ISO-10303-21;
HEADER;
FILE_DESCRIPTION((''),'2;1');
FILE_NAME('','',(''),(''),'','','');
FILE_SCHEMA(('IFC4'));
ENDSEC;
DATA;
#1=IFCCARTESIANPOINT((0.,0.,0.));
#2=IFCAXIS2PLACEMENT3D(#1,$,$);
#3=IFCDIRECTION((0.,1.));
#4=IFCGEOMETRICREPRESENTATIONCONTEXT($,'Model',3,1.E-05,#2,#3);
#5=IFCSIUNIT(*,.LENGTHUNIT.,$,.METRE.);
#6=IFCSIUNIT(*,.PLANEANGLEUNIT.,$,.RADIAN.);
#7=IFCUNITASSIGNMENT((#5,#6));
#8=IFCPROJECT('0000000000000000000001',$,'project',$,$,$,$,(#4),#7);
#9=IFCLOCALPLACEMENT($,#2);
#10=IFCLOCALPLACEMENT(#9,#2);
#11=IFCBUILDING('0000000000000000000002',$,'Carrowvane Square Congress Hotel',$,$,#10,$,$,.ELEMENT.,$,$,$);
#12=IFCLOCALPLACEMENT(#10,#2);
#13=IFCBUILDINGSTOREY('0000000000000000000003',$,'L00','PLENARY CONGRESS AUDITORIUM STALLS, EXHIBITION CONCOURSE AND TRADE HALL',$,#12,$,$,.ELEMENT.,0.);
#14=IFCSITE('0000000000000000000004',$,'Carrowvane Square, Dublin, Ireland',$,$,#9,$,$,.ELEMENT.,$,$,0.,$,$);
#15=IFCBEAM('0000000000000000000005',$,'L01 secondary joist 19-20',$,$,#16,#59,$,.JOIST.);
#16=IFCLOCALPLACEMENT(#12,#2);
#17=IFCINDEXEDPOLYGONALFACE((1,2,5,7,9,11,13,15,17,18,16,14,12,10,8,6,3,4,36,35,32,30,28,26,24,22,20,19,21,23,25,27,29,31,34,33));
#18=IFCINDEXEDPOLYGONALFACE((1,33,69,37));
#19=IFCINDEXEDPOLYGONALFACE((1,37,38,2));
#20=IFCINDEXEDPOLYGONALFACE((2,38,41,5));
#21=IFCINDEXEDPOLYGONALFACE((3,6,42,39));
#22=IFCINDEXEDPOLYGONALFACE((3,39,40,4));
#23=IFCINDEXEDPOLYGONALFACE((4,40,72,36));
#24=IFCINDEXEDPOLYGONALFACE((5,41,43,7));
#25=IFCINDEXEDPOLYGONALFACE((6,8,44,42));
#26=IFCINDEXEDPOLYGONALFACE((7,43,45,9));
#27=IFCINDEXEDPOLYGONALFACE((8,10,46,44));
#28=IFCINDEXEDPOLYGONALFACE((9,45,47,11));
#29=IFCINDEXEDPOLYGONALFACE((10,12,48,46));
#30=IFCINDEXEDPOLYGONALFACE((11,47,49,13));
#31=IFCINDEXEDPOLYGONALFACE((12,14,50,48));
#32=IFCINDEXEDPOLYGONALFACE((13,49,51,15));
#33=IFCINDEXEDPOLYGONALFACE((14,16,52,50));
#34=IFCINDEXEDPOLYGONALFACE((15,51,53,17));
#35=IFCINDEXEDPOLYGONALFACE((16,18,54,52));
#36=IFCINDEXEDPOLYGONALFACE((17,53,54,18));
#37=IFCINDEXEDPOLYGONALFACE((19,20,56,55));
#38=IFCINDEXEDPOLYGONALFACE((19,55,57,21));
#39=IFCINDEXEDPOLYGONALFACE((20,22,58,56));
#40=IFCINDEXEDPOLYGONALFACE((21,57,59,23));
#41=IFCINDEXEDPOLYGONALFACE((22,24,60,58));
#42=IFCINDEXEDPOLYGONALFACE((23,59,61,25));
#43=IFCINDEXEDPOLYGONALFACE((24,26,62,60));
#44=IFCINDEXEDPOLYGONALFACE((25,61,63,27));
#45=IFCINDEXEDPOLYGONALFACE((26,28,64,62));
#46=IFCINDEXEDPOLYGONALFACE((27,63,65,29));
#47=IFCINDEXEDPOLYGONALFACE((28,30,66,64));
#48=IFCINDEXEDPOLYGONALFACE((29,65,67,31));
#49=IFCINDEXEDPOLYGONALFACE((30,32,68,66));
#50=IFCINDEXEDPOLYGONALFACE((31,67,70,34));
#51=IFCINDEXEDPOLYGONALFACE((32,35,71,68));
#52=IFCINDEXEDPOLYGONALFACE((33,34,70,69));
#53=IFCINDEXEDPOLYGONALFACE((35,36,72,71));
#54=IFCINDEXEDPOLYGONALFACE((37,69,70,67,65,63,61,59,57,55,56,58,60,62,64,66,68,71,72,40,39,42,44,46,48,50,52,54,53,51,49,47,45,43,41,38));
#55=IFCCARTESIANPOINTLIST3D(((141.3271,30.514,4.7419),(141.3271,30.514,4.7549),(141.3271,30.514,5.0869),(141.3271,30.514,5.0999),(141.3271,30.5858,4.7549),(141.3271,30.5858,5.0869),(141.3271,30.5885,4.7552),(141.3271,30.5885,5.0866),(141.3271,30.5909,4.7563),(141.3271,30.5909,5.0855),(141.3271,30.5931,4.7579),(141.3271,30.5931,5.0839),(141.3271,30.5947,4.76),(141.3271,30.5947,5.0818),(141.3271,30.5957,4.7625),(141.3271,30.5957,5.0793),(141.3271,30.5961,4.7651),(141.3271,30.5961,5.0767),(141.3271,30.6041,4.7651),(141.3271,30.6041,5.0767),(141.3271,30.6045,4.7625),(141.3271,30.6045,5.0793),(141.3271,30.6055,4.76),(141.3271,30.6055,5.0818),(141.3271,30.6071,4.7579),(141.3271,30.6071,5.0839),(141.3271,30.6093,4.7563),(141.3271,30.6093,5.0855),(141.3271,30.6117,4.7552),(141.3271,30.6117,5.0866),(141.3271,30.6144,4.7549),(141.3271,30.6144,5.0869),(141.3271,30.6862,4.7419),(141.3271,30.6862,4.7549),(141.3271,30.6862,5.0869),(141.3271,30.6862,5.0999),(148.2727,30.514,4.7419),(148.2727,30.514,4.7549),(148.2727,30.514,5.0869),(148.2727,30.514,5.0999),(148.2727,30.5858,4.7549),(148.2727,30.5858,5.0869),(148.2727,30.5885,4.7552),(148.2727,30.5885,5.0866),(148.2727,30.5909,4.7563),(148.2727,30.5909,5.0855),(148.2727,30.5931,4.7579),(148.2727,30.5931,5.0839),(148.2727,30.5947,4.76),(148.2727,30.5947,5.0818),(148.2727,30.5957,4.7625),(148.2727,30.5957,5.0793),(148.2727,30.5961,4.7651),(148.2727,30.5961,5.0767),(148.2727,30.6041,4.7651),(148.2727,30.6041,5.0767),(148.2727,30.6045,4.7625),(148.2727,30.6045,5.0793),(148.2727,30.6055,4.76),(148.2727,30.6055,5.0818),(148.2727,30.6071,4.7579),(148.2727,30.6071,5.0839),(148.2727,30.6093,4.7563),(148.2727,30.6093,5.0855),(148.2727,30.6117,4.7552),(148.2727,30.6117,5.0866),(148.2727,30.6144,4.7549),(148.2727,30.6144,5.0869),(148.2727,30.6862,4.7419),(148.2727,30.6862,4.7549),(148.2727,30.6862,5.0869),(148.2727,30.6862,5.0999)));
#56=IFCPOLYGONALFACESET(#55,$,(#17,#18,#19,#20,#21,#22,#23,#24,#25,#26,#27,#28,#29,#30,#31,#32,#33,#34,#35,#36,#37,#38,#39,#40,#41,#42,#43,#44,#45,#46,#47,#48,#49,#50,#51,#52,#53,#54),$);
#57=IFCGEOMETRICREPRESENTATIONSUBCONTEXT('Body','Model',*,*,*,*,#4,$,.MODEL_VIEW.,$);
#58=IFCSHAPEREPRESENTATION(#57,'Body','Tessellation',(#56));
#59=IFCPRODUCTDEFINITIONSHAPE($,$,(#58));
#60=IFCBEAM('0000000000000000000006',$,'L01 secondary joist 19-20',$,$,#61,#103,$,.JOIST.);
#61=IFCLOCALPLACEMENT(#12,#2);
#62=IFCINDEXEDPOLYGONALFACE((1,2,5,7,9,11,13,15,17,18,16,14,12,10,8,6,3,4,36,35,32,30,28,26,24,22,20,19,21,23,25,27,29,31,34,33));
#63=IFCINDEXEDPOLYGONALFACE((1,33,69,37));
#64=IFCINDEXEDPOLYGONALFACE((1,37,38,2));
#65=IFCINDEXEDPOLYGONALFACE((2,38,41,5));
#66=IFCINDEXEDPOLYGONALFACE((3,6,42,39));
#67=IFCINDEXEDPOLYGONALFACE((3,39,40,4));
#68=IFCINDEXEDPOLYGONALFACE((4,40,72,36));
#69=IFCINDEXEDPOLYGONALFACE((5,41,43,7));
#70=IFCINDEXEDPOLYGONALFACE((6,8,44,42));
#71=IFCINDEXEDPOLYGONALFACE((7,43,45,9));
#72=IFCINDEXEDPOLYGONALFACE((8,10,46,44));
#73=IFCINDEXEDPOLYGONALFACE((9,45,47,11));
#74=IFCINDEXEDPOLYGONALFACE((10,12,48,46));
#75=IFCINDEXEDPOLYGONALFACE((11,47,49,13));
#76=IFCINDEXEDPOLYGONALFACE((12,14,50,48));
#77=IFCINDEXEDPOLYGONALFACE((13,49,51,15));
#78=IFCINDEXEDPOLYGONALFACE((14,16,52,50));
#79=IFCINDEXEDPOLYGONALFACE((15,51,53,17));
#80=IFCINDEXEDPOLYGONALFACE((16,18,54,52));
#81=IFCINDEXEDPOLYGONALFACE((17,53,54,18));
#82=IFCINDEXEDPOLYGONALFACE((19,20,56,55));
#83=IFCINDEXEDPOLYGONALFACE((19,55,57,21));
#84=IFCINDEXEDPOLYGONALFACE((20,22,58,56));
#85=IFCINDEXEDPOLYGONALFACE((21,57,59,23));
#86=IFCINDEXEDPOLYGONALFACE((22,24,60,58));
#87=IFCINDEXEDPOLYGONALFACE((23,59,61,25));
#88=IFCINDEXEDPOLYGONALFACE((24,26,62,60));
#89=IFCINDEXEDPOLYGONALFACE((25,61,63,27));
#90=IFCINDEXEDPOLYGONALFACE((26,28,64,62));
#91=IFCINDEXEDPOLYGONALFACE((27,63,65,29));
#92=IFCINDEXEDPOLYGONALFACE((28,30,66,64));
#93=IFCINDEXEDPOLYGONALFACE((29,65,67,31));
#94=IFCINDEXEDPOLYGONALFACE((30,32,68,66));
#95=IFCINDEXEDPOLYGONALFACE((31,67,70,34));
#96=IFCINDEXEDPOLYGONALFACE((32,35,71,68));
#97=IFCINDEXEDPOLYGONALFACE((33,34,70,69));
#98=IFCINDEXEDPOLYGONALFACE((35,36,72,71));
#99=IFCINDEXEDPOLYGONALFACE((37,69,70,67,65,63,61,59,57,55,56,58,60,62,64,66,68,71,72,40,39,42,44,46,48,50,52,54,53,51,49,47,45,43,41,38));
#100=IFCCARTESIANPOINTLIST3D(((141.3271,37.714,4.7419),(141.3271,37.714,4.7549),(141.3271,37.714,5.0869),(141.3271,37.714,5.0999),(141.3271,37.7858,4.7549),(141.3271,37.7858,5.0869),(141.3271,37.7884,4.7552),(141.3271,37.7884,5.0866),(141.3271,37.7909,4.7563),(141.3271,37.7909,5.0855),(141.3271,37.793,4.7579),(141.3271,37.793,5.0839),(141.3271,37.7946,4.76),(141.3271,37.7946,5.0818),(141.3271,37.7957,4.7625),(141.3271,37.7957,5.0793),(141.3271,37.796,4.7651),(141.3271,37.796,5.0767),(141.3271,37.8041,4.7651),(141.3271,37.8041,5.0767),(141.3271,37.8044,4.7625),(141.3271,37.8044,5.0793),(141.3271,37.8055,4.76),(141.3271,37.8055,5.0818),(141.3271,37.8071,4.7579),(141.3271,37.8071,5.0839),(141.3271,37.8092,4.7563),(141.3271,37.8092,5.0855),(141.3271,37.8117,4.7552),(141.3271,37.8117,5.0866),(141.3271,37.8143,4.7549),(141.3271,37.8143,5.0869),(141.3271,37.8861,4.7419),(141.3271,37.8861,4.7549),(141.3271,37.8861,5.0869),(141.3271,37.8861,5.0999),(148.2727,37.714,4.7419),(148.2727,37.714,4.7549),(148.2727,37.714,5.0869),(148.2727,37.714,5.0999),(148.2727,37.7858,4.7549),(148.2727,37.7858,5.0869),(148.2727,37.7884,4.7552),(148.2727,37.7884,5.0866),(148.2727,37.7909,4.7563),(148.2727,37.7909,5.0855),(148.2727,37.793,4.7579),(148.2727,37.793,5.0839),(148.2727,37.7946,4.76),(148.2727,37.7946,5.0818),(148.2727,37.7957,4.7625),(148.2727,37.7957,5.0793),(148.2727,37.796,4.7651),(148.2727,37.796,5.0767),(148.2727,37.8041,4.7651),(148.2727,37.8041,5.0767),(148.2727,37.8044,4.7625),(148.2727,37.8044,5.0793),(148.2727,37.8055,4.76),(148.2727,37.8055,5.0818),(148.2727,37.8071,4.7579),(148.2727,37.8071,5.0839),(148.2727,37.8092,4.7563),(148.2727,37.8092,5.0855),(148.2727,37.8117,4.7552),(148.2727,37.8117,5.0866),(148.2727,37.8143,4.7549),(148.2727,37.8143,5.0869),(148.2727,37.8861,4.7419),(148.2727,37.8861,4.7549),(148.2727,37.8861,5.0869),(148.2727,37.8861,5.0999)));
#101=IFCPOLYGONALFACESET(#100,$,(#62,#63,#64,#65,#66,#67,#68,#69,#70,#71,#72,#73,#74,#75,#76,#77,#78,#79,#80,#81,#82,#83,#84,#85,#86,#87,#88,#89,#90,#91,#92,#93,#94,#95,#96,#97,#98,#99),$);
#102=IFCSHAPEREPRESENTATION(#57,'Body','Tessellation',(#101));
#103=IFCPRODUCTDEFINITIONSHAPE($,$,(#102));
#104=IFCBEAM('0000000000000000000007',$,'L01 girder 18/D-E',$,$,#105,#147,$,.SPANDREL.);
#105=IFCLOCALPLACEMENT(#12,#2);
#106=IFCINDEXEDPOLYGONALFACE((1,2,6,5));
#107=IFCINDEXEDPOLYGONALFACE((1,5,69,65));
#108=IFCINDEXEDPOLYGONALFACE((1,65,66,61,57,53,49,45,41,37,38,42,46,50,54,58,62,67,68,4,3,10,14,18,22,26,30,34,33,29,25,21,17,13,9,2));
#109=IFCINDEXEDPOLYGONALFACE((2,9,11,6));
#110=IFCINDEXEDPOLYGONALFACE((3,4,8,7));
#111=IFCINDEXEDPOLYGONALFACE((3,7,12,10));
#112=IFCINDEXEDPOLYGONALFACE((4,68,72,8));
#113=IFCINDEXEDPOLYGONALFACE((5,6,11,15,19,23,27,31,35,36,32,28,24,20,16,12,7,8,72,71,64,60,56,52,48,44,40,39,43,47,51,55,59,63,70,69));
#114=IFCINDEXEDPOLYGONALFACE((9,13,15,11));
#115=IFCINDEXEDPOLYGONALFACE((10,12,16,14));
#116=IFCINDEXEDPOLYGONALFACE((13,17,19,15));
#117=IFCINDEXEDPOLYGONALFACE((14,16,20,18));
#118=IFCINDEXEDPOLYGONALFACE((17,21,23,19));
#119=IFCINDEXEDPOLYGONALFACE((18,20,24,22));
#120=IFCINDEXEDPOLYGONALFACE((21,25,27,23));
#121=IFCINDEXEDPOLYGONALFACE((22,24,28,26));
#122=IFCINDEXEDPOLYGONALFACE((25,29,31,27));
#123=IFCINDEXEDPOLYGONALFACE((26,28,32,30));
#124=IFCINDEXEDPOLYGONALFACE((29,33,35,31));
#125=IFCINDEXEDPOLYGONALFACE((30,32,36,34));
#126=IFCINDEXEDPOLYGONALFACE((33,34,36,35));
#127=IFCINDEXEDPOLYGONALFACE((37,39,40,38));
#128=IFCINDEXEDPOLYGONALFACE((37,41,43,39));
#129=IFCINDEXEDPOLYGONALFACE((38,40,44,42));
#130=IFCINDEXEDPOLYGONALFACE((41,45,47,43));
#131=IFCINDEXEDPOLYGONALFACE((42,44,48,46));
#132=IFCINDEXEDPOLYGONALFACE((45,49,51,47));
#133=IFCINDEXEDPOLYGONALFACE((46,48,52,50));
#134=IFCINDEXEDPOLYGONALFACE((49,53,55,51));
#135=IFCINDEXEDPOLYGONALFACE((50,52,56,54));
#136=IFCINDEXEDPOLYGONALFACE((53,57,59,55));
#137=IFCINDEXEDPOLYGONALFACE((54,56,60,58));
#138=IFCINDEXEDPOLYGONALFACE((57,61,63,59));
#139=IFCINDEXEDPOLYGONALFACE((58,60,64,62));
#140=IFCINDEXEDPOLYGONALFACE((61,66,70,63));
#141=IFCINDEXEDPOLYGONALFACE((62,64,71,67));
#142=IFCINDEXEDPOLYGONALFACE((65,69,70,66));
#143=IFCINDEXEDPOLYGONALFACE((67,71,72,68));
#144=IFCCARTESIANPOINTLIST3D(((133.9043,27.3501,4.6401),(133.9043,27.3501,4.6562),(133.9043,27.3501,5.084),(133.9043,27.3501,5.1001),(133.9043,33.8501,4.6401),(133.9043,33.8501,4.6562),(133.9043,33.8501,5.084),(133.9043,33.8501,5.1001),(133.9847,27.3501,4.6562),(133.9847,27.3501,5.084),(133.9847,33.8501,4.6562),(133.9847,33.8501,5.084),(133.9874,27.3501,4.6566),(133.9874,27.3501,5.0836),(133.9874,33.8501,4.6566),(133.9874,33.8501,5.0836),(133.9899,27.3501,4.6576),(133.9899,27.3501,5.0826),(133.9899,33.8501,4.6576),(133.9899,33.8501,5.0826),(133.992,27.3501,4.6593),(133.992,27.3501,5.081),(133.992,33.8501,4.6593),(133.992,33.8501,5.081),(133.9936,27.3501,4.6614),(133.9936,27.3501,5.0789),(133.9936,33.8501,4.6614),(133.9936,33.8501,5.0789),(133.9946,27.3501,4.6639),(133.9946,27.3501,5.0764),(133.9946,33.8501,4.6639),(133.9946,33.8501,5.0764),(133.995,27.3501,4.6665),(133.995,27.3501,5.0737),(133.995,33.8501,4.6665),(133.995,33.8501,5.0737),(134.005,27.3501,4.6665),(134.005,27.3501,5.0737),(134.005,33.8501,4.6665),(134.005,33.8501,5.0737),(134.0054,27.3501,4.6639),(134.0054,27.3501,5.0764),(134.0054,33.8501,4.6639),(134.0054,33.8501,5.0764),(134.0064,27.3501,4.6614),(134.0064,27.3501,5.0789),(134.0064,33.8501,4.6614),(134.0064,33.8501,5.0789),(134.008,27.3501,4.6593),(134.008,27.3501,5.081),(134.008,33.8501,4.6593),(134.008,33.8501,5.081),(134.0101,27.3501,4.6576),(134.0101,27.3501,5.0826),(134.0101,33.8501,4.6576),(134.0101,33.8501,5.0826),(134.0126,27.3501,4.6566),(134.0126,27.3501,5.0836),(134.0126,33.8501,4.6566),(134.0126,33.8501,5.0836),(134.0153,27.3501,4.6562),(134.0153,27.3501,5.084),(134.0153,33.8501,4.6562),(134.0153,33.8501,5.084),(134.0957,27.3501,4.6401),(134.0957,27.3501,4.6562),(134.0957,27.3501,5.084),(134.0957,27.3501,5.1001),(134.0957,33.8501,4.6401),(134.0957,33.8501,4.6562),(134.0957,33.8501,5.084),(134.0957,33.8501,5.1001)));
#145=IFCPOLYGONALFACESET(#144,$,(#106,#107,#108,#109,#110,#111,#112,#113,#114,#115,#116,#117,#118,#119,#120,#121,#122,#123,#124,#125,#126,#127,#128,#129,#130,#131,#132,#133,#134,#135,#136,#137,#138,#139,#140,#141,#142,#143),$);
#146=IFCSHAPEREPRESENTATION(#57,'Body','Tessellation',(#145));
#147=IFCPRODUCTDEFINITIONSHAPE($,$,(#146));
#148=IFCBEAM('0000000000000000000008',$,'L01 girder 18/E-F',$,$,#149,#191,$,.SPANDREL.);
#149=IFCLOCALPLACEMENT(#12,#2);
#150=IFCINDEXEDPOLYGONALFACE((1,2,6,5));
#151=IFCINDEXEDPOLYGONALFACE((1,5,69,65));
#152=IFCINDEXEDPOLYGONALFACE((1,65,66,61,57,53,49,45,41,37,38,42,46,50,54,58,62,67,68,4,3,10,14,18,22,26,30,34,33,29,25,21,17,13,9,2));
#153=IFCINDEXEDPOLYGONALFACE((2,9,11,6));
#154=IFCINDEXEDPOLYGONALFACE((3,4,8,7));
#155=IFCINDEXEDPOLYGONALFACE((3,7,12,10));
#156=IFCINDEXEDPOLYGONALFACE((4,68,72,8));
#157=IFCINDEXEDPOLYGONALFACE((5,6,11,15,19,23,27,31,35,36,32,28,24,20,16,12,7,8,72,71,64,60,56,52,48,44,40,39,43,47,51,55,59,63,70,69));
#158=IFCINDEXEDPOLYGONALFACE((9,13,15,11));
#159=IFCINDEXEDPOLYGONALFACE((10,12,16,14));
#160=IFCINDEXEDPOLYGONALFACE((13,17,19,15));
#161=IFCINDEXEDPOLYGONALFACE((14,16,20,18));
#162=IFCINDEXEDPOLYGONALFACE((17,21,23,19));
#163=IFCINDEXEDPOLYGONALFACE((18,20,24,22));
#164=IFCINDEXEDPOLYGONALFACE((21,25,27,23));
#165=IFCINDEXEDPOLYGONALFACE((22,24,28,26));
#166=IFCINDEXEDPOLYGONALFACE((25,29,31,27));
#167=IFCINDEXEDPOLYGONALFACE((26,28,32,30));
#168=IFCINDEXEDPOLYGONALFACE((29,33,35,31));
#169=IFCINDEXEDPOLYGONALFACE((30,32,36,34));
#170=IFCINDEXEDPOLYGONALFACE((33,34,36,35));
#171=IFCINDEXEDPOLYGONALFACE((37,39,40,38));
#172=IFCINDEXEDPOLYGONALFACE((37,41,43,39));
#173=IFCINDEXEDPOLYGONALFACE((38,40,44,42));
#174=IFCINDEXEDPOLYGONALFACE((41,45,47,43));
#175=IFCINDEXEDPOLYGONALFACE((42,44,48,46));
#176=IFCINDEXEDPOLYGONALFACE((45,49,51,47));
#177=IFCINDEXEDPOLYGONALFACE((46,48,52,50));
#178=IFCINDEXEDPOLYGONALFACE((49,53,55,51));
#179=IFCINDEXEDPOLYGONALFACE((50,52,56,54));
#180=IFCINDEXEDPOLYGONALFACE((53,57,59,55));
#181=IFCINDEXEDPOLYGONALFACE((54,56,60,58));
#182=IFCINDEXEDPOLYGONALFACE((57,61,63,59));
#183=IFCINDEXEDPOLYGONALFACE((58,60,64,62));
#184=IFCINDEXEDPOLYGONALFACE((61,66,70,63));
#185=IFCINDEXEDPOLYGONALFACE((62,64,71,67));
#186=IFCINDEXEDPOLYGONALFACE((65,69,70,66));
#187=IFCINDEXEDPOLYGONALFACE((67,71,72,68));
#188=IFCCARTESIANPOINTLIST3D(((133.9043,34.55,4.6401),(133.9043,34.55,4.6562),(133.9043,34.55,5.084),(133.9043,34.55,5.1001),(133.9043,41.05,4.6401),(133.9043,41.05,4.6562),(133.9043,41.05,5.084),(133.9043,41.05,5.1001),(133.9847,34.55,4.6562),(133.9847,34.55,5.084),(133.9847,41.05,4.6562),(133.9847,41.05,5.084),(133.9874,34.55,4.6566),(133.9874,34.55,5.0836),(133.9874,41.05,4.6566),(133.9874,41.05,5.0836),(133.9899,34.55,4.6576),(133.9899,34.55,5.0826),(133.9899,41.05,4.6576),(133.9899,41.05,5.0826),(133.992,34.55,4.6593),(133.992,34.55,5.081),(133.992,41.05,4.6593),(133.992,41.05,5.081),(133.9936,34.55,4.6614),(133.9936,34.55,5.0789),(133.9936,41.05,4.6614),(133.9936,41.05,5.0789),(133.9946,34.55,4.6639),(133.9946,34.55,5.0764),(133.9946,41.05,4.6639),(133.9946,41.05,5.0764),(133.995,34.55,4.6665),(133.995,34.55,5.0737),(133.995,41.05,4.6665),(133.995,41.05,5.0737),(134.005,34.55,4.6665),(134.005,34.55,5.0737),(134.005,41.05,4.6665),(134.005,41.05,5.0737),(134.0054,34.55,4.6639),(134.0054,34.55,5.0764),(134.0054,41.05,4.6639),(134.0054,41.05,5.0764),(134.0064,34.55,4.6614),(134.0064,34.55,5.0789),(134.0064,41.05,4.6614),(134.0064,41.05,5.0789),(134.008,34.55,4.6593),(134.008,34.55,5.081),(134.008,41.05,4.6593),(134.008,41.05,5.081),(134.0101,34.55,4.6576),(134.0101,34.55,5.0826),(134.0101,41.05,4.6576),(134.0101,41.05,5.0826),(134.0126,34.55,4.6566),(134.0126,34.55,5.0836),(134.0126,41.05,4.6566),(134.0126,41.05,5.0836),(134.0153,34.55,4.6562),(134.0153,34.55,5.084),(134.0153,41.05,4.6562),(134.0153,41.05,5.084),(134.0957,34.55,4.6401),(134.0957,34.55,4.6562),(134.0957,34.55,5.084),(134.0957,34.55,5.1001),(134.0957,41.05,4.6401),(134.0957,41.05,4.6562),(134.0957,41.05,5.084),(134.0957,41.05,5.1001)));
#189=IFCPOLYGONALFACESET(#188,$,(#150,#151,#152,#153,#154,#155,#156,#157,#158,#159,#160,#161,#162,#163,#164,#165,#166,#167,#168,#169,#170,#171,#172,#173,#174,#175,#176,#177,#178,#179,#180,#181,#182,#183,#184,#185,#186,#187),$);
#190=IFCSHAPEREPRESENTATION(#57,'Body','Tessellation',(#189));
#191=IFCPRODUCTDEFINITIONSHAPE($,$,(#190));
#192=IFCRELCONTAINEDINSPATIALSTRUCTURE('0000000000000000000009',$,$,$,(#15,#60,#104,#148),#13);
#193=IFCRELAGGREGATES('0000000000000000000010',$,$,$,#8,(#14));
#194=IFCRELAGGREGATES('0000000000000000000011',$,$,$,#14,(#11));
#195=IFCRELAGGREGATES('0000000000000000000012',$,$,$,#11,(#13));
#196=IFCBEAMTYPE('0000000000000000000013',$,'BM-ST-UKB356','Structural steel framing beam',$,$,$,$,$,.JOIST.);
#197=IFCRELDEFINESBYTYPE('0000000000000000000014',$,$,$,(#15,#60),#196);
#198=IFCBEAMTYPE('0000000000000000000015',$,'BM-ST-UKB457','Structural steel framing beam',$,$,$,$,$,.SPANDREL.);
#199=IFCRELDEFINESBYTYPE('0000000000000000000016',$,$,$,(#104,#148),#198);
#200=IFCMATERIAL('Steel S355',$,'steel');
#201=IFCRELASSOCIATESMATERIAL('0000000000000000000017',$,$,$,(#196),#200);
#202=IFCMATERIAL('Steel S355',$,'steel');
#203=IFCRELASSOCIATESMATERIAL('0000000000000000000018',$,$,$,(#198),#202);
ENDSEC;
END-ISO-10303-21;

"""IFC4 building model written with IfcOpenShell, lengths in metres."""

from ifc_helpers import new_model, si_unit, direction, frame, origin, origin_2d, place, context, subcontext, project, spatial, i_section, extrude, material, material_profile, profile_set, type_object, element, save


model = new_model("IFC4")

# Units and contexts
model_context = context("Model", 3, precision=1e-05, world=origin(), true_north=direction((0.0, 1.0)))
body_context = subcontext(model_context, "Body", "Model", "MODEL_VIEW")
ifc_project = project(units=[si_unit("LENGTHUNIT", "METRE"), si_unit("PLANEANGLEUNIT", "RADIAN")], contexts=[model_context])

# Site, building, storey
site_placement = place(None, origin())
site = spatial("IfcSite", under=ifc_project, at=site_placement, Name="Carrowvane Square, Dublin, Ireland", CompositionType="ELEMENT", RefElevation=0.0)
building_placement = place(site_placement, origin())
building = spatial("IfcBuilding", under=site, at=building_placement, Name="Carrowvane Square Congress Hotel", CompositionType="ELEMENT")
storey_placement = place(building_placement, origin())
storey = spatial("IfcBuildingStorey", under=building, at=storey_placement, Name="L00", Description="PLENARY CONGRESS AUDITORIUM STALLS, EXHIBITION CONCOURSE AND TRADE HALL", CompositionType="ELEMENT", Elevation=0.0)

# Beams
ifc_material_1 = material(Name="Steel S355", Category="steel")
ifc_material_profile_1 = material_profile(ifc_material_1, i_section(OverallWidth=0.1721, OverallDepth=0.3579, WebThickness=0.0081, FlangeThickness=0.0129, FilletRadius=0.0103, at=origin_2d()), Name="UKB 356x171x57")
ifc_profile_set_1 = profile_set([ifc_material_profile_1], Name="Steel S355")
beam_type_1 = type_object("IfcBeamType", Name="BM-ST-UKB356", Description="Structural steel framing beam", PredefinedType="JOIST", material=ifc_profile_set_1)
for number, where, z_axis, x_axis, name in (
    (1, (141.3271, 30.6001, 4.9209), (1.0, 0.0, 0.0), (0.0, 1.0, 0.0), "L01 secondary joist 19-20"),
    (2, (141.3271, 37.8, 4.9209), (1.0, 0.0, 0.0), (0.0, 1.0, 0.0), "L01 secondary joist 19-20"),
):
    element("IfcBeam", number, at=place(storey_placement, frame(where, z_axis=z_axis, x_axis=x_axis)), inside=storey, type_object=beam_type_1, Name=name, PredefinedType="JOIST", context=body_context, shape_type="SweptSolid", body=[
        extrude(i_section(OverallWidth=0.1721, OverallDepth=0.3579, WebThickness=0.0081, FlangeThickness=0.0129, FilletRadius=0.0103, at=origin_2d()), origin(), (0.0, 0.0, 1.0), 6.9456),
    ])
ifc_material_2 = material(Name="Steel S355", Category="steel")
ifc_material_profile_2 = material_profile(ifc_material_2, i_section(OverallWidth=0.1914, OverallDepth=0.46, WebThickness=0.01, FlangeThickness=0.0161, FilletRadius=0.0103, at=origin_2d()), Name="UKB 457x191x82")
ifc_profile_set_2 = profile_set([ifc_material_profile_2], Name="Steel S355")
beam_type_2 = type_object("IfcBeamType", Name="BM-ST-UKB457", Description="Structural steel framing beam", PredefinedType="SPANDREL", material=ifc_profile_set_2)
for number, where, z_axis, x_axis, name in (
    (3, (134.0, 27.3501, 4.8701), (0.0, 1.0, 0.0), (-1.0, 0.0, 0.0), "L01 girder 18/D-E"),
    (4, (134.0, 34.55, 4.8701), (0.0, 1.0, 0.0), (-1.0, 0.0, 0.0), "L01 girder 18/E-F"),
):
    element("IfcBeam", number, at=place(storey_placement, frame(where, z_axis=z_axis, x_axis=x_axis)), inside=storey, type_object=beam_type_2, Name=name, PredefinedType="SPANDREL", context=body_context, shape_type="SweptSolid", body=[
        extrude(i_section(OverallWidth=0.1914, OverallDepth=0.46, WebThickness=0.01, FlangeThickness=0.0161, FilletRadius=0.0103, at=origin_2d()), origin(), (0.0, 0.0, 1.0), 6.5),
    ])

save(model, "model.ifc")
